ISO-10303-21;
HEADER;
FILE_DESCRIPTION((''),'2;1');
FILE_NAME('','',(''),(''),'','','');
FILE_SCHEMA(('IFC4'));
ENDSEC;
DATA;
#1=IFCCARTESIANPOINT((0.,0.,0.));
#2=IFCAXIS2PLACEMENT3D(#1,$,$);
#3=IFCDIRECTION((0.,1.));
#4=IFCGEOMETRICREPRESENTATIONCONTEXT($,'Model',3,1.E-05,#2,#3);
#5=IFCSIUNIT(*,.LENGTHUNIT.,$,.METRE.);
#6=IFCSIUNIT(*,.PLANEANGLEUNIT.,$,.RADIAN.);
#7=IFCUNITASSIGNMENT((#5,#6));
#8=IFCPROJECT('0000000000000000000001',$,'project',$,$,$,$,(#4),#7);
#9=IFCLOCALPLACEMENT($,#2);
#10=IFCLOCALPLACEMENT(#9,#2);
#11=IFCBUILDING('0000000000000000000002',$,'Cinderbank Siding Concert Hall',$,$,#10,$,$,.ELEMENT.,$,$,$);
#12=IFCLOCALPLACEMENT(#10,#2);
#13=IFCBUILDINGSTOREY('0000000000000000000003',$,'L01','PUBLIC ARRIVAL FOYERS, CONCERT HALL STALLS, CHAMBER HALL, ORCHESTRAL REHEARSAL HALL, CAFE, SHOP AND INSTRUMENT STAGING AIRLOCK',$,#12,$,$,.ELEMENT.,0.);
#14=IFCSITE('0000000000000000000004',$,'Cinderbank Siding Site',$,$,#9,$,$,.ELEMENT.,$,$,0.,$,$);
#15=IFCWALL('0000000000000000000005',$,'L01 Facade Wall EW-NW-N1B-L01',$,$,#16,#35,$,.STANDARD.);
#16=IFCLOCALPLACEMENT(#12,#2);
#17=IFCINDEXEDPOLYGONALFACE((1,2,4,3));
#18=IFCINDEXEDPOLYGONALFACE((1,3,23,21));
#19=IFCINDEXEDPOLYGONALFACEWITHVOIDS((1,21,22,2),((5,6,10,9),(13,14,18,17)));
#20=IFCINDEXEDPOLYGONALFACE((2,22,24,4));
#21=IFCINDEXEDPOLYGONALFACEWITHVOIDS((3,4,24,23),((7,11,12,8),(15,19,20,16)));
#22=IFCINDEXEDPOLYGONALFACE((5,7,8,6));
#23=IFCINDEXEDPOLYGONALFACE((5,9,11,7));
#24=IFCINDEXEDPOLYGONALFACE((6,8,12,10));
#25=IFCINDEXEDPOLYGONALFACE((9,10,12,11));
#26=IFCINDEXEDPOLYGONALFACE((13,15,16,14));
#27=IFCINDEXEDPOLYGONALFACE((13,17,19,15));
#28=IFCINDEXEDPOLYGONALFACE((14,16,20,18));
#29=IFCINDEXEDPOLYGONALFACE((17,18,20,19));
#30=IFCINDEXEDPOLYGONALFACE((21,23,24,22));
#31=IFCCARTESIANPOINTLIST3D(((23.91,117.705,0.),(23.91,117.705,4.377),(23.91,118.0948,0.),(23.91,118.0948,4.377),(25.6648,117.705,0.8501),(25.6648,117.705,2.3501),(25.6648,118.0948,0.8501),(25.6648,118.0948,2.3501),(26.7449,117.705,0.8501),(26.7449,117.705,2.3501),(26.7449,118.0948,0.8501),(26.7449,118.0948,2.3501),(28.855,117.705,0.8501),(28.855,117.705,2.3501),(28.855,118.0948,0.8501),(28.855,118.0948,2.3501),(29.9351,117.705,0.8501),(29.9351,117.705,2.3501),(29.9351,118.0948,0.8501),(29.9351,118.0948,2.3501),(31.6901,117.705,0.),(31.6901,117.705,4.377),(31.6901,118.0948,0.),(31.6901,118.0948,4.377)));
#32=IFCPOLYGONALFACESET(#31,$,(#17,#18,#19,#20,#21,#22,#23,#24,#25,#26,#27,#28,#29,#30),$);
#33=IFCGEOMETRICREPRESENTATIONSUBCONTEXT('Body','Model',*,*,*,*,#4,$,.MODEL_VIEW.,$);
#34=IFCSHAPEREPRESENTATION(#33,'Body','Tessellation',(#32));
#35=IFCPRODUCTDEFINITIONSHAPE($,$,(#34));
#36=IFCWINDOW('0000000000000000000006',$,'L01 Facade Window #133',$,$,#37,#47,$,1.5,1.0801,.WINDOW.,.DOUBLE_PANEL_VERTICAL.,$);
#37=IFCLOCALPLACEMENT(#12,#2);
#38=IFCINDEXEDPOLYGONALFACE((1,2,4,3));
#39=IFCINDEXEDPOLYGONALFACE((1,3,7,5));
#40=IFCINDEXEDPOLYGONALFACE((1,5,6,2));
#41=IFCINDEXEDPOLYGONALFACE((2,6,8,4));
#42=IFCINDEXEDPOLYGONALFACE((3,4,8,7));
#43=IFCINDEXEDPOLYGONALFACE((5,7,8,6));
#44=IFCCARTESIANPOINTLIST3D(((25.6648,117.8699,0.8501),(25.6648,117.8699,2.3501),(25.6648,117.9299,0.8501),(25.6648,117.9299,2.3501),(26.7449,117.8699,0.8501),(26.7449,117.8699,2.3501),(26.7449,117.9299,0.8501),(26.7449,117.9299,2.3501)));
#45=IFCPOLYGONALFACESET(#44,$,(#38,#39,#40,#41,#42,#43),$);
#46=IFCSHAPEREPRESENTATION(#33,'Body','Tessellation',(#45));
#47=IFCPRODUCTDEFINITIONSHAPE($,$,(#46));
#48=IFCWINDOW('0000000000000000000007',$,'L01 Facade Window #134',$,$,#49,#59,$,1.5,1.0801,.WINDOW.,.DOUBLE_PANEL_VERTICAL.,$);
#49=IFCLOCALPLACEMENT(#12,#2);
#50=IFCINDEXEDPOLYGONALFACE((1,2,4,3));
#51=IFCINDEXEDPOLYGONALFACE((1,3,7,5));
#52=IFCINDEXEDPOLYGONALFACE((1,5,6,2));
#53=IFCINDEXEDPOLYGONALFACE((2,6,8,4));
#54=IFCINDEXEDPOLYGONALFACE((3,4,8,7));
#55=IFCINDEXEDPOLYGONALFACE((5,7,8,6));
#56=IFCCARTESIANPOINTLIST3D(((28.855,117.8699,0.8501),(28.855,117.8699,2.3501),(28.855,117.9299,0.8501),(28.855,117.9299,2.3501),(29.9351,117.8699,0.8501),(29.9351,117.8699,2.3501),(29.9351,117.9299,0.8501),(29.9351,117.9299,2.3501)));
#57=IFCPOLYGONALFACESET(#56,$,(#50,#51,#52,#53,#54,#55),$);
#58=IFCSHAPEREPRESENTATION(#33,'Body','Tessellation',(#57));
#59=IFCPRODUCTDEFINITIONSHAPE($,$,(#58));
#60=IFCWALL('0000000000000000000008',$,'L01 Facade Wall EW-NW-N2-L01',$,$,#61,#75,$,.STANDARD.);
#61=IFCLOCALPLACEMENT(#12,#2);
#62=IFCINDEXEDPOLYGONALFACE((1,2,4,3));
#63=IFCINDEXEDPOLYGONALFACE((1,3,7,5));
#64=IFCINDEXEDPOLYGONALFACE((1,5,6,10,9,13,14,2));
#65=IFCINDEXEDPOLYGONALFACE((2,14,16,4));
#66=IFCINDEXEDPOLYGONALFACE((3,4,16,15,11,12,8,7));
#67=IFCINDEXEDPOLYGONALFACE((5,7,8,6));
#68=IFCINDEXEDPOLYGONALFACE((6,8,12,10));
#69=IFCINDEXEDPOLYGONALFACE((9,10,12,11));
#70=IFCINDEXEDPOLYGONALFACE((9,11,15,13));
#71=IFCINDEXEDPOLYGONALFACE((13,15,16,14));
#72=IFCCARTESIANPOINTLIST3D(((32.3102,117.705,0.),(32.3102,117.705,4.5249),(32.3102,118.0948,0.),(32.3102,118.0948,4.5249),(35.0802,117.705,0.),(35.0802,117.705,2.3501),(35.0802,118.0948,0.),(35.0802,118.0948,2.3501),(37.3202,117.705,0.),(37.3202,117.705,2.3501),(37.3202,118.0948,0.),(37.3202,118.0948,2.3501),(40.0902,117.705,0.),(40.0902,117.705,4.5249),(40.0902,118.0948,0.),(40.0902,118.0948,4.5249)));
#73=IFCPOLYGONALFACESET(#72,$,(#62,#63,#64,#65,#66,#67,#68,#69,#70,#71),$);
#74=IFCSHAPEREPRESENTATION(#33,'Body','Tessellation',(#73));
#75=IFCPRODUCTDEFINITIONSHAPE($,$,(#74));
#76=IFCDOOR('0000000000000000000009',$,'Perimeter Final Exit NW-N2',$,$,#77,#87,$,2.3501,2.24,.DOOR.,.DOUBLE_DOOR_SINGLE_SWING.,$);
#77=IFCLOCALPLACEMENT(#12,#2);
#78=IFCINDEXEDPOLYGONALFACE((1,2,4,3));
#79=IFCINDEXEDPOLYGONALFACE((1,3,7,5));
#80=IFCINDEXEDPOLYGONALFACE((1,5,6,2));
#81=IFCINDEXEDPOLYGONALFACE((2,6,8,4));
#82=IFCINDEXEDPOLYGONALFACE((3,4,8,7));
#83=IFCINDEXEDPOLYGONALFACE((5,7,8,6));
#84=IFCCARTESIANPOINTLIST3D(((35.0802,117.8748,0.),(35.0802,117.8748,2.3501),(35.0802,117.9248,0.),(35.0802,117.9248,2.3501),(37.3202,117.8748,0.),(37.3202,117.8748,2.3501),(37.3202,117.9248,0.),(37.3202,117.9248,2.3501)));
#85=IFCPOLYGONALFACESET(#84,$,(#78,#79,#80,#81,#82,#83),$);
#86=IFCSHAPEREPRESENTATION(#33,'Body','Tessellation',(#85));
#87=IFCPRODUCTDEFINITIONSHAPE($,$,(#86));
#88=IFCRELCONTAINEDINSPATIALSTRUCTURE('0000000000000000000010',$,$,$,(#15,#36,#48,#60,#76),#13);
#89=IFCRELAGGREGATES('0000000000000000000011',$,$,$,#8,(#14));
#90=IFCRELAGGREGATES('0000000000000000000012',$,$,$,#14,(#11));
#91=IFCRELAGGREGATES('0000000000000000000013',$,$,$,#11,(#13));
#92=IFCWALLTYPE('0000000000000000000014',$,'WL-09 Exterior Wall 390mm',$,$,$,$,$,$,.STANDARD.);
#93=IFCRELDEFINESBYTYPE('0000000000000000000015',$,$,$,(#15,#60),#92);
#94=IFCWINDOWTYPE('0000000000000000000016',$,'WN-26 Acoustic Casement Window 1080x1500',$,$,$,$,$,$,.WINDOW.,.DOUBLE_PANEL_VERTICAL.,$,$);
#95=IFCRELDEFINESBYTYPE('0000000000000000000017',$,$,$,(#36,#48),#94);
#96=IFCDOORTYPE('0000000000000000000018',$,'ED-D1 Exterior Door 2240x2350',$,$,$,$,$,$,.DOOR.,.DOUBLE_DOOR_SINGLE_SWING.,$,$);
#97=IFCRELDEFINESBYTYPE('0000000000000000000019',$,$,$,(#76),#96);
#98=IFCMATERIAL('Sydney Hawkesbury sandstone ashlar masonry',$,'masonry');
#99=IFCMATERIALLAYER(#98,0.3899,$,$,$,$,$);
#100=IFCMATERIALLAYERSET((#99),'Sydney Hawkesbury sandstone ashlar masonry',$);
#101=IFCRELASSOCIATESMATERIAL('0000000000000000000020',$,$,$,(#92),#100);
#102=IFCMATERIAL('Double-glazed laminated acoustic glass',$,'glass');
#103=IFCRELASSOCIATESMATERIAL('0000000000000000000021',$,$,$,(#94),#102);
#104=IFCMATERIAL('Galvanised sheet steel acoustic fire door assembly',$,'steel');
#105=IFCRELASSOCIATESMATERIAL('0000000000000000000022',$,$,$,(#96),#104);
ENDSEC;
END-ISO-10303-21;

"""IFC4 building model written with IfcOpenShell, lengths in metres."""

from ifc_helpers import new_model, si_unit, direction, frame, frame_2d, origin, place, context, subcontext, project, spatial, rectangle, extrude, material, layer, layer_set, type_object, element, fill, save


model = new_model("IFC4")

# Units and contexts
model_context = context("Model", 3, precision=1e-05, world=origin(), true_north=direction((0.0, 1.0)))
body_context = subcontext(model_context, "Body", "Model", "MODEL_VIEW")
ifc_project = project(units=[si_unit("LENGTHUNIT", "METRE"), si_unit("PLANEANGLEUNIT", "RADIAN")], contexts=[model_context])

# Site, building, storey
site_placement = place(None, origin())
site = spatial("IfcSite", under=ifc_project, at=site_placement, Name="Cinderbank Siding Site", CompositionType="ELEMENT", RefElevation=0.0)
building_placement = place(site_placement, origin())
building = spatial("IfcBuilding", under=site, at=building_placement, Name="Cinderbank Siding Concert Hall", CompositionType="ELEMENT")
storey_placement = place(building_placement, origin())
storey = spatial("IfcBuildingStorey", under=building, at=storey_placement, Name="L01", Description="PUBLIC ARRIVAL FOYERS, CONCERT HALL STALLS, CHAMBER HALL, ORCHESTRAL REHEARSAL HALL, CAFE, SHOP AND INSTRUMENT STAGING AIRLOCK", CompositionType="ELEMENT", Elevation=0.0)

# Shared definitions
ifc_material_1 = material(Name="Galvanised sheet steel acoustic fire door assembly", Category="steel")

# Wall, openings, windows
ifc_material_2 = material(Name="Sydney Hawkesbury sandstone ashlar masonry", Category="masonry")
ifc_layer_1 = layer(ifc_material_2, 0.3899)
ifc_layer_set_1 = layer_set([ifc_layer_1], Name="Sydney Hawkesbury sandstone ashlar masonry")
wall_type_1 = type_object("IfcWallType", Name="WL-09 Exterior Wall 390mm", PredefinedType="STANDARD", material=ifc_layer_set_1)
wall_1_placement = place(storey_placement, frame((23.9099, 117.8999, 0.0), z_axis=(0.0, 0.0, 1.0), x_axis=(1.0, 0.0, 0.0)))
wall_1 = element("IfcWall", 1, at=wall_1_placement, inside=storey, type_object=wall_type_1, Name="L01 Facade Wall EW-NW-N1B-L01", PredefinedType="STANDARD", context=body_context, shape_type="SweptSolid", body=[
    extrude(rectangle(XDim=7.78, YDim=0.3899, at=frame_2d((3.8901, 0.0))), origin(), (0.0, 0.0, 1.0), 4.377),
])
opening_1_placement = place(wall_1_placement, frame((1.7549, 0.0, 0.8501)))
opening_1 = element("IfcOpeningElement", 2, at=opening_1_placement, cuts=wall_1, PredefinedType="OPENING", context=body_context, shape_type="SweptSolid", body=[
    extrude(rectangle(XDim=1.0801, YDim=1.5, at=frame_2d((0.54, 0.75))), frame((0.0, 0.207, 0.0), z_axis=(0.0, -1.0, 0.0), x_axis=(1.0, 0.0, 0.0)), (0.0, 0.0, 1.0), 0.4138),
])
opening_2_placement = place(wall_1_placement, frame((4.9451, 0.0, 0.8501)))
opening_2 = element("IfcOpeningElement", 3, at=opening_2_placement, cuts=wall_1, PredefinedType="OPENING", context=body_context, shape_type="SweptSolid", body=[
    extrude(rectangle(XDim=1.0801, YDim=1.5, at=frame_2d((0.54, 0.75))), frame((0.0, 0.207, 0.0), z_axis=(0.0, -1.0, 0.0), x_axis=(1.0, 0.0, 0.0)), (0.0, 0.0, 1.0), 0.4138),
])
ifc_material_3 = material(Name="Double-glazed laminated acoustic glass", Category="glass")
window_type = type_object("IfcWindowType", Name="WN-26 Acoustic Casement Window 1080x1500", PartitioningType="DOUBLE_PANEL_VERTICAL", PredefinedType="WINDOW", material=ifc_material_3)
window_1_placement = place(opening_1_placement, origin())
window_1 = element("IfcWindow", 4, at=window_1_placement, inside=storey, type_object=window_type, Name="L01 Facade Window #133", OverallHeight=1.5, OverallWidth=1.0801, PartitioningType="DOUBLE_PANEL_VERTICAL", PredefinedType="WINDOW", context=body_context, shape_type="SweptSolid", body=[
    extrude(rectangle(XDim=1.0801, YDim=1.5, at=frame_2d((0.54, 0.75))), frame((0.0, 0.03, 0.0), z_axis=(0.0, -1.0, 0.0), x_axis=(1.0, 0.0, 0.0)), (0.0, 0.0, 1.0), 0.0601),
])
fill(opening_1, window_1)
window_2_placement = place(opening_2_placement, origin())
window_2 = element("IfcWindow", 5, at=window_2_placement, inside=storey, type_object=window_type, Name="L01 Facade Window #134", OverallHeight=1.5, OverallWidth=1.0801, PartitioningType="DOUBLE_PANEL_VERTICAL", PredefinedType="WINDOW", context=body_context, shape_type="SweptSolid", body=[
    extrude(rectangle(XDim=1.0801, YDim=1.5, at=frame_2d((0.54, 0.75))), frame((0.0, 0.03, 0.0), z_axis=(0.0, -1.0, 0.0), x_axis=(1.0, 0.0, 0.0)), (0.0, 0.0, 1.0), 0.0601),
])
fill(opening_2, window_2)

# Wall, opening, door
wall_2_placement = place(storey_placement, frame((32.3101, 117.8999, 0.0), z_axis=(0.0, 0.0, 1.0), x_axis=(1.0, 0.0, 0.0)))
wall_2 = element("IfcWall", 6, at=wall_2_placement, inside=storey, type_object=wall_type_1, Name="L01 Facade Wall EW-NW-N2-L01", PredefinedType="STANDARD", context=body_context, shape_type="SweptSolid", body=[
    extrude(rectangle(XDim=7.78, YDim=0.3899, at=frame_2d((3.8901, 0.0))), origin(), (0.0, 0.0, 1.0), 4.5249),
])
opening_3_placement = place(wall_2_placement, frame((2.77, 0.0, 0.0)))
opening_3 = element("IfcOpeningElement", 7, at=opening_3_placement, cuts=wall_2, PredefinedType="OPENING", context=body_context, shape_type="SweptSolid", body=[
    extrude(rectangle(XDim=2.24, YDim=2.3501, at=frame_2d((1.1201, 1.175))), frame((0.0, 0.207, 0.0), z_axis=(0.0, -1.0, 0.0), x_axis=(1.0, 0.0, 0.0)), (0.0, 0.0, 1.0), 0.4138),
])
door_type_1 = type_object("IfcDoorType", Name="ED-D1 Exterior Door 2240x2350", OperationType="DOUBLE_DOOR_SINGLE_SWING", PredefinedType="DOOR", material=ifc_material_1)
door_1_placement = place(opening_3_placement, origin())
door_1 = element("IfcDoor", 8, at=door_1_placement, inside=storey, type_object=door_type_1, Name="Perimeter Final Exit NW-N2", OperationType="DOUBLE_DOOR_SINGLE_SWING", OverallHeight=2.3501, OverallWidth=2.24, PredefinedType="DOOR", context=body_context, shape_type="SweptSolid", body=[
    extrude(rectangle(XDim=2.24, YDim=2.3501, at=frame_2d((1.1201, 1.175))), frame((0.0, 0.0249, 0.0), z_axis=(0.0, -1.0, 0.0), x_axis=(1.0, 0.0, 0.0)), (0.0, 0.0, 1.0), 0.05),
])
fill(opening_3, door_1)

save(model, "model.ifc")
